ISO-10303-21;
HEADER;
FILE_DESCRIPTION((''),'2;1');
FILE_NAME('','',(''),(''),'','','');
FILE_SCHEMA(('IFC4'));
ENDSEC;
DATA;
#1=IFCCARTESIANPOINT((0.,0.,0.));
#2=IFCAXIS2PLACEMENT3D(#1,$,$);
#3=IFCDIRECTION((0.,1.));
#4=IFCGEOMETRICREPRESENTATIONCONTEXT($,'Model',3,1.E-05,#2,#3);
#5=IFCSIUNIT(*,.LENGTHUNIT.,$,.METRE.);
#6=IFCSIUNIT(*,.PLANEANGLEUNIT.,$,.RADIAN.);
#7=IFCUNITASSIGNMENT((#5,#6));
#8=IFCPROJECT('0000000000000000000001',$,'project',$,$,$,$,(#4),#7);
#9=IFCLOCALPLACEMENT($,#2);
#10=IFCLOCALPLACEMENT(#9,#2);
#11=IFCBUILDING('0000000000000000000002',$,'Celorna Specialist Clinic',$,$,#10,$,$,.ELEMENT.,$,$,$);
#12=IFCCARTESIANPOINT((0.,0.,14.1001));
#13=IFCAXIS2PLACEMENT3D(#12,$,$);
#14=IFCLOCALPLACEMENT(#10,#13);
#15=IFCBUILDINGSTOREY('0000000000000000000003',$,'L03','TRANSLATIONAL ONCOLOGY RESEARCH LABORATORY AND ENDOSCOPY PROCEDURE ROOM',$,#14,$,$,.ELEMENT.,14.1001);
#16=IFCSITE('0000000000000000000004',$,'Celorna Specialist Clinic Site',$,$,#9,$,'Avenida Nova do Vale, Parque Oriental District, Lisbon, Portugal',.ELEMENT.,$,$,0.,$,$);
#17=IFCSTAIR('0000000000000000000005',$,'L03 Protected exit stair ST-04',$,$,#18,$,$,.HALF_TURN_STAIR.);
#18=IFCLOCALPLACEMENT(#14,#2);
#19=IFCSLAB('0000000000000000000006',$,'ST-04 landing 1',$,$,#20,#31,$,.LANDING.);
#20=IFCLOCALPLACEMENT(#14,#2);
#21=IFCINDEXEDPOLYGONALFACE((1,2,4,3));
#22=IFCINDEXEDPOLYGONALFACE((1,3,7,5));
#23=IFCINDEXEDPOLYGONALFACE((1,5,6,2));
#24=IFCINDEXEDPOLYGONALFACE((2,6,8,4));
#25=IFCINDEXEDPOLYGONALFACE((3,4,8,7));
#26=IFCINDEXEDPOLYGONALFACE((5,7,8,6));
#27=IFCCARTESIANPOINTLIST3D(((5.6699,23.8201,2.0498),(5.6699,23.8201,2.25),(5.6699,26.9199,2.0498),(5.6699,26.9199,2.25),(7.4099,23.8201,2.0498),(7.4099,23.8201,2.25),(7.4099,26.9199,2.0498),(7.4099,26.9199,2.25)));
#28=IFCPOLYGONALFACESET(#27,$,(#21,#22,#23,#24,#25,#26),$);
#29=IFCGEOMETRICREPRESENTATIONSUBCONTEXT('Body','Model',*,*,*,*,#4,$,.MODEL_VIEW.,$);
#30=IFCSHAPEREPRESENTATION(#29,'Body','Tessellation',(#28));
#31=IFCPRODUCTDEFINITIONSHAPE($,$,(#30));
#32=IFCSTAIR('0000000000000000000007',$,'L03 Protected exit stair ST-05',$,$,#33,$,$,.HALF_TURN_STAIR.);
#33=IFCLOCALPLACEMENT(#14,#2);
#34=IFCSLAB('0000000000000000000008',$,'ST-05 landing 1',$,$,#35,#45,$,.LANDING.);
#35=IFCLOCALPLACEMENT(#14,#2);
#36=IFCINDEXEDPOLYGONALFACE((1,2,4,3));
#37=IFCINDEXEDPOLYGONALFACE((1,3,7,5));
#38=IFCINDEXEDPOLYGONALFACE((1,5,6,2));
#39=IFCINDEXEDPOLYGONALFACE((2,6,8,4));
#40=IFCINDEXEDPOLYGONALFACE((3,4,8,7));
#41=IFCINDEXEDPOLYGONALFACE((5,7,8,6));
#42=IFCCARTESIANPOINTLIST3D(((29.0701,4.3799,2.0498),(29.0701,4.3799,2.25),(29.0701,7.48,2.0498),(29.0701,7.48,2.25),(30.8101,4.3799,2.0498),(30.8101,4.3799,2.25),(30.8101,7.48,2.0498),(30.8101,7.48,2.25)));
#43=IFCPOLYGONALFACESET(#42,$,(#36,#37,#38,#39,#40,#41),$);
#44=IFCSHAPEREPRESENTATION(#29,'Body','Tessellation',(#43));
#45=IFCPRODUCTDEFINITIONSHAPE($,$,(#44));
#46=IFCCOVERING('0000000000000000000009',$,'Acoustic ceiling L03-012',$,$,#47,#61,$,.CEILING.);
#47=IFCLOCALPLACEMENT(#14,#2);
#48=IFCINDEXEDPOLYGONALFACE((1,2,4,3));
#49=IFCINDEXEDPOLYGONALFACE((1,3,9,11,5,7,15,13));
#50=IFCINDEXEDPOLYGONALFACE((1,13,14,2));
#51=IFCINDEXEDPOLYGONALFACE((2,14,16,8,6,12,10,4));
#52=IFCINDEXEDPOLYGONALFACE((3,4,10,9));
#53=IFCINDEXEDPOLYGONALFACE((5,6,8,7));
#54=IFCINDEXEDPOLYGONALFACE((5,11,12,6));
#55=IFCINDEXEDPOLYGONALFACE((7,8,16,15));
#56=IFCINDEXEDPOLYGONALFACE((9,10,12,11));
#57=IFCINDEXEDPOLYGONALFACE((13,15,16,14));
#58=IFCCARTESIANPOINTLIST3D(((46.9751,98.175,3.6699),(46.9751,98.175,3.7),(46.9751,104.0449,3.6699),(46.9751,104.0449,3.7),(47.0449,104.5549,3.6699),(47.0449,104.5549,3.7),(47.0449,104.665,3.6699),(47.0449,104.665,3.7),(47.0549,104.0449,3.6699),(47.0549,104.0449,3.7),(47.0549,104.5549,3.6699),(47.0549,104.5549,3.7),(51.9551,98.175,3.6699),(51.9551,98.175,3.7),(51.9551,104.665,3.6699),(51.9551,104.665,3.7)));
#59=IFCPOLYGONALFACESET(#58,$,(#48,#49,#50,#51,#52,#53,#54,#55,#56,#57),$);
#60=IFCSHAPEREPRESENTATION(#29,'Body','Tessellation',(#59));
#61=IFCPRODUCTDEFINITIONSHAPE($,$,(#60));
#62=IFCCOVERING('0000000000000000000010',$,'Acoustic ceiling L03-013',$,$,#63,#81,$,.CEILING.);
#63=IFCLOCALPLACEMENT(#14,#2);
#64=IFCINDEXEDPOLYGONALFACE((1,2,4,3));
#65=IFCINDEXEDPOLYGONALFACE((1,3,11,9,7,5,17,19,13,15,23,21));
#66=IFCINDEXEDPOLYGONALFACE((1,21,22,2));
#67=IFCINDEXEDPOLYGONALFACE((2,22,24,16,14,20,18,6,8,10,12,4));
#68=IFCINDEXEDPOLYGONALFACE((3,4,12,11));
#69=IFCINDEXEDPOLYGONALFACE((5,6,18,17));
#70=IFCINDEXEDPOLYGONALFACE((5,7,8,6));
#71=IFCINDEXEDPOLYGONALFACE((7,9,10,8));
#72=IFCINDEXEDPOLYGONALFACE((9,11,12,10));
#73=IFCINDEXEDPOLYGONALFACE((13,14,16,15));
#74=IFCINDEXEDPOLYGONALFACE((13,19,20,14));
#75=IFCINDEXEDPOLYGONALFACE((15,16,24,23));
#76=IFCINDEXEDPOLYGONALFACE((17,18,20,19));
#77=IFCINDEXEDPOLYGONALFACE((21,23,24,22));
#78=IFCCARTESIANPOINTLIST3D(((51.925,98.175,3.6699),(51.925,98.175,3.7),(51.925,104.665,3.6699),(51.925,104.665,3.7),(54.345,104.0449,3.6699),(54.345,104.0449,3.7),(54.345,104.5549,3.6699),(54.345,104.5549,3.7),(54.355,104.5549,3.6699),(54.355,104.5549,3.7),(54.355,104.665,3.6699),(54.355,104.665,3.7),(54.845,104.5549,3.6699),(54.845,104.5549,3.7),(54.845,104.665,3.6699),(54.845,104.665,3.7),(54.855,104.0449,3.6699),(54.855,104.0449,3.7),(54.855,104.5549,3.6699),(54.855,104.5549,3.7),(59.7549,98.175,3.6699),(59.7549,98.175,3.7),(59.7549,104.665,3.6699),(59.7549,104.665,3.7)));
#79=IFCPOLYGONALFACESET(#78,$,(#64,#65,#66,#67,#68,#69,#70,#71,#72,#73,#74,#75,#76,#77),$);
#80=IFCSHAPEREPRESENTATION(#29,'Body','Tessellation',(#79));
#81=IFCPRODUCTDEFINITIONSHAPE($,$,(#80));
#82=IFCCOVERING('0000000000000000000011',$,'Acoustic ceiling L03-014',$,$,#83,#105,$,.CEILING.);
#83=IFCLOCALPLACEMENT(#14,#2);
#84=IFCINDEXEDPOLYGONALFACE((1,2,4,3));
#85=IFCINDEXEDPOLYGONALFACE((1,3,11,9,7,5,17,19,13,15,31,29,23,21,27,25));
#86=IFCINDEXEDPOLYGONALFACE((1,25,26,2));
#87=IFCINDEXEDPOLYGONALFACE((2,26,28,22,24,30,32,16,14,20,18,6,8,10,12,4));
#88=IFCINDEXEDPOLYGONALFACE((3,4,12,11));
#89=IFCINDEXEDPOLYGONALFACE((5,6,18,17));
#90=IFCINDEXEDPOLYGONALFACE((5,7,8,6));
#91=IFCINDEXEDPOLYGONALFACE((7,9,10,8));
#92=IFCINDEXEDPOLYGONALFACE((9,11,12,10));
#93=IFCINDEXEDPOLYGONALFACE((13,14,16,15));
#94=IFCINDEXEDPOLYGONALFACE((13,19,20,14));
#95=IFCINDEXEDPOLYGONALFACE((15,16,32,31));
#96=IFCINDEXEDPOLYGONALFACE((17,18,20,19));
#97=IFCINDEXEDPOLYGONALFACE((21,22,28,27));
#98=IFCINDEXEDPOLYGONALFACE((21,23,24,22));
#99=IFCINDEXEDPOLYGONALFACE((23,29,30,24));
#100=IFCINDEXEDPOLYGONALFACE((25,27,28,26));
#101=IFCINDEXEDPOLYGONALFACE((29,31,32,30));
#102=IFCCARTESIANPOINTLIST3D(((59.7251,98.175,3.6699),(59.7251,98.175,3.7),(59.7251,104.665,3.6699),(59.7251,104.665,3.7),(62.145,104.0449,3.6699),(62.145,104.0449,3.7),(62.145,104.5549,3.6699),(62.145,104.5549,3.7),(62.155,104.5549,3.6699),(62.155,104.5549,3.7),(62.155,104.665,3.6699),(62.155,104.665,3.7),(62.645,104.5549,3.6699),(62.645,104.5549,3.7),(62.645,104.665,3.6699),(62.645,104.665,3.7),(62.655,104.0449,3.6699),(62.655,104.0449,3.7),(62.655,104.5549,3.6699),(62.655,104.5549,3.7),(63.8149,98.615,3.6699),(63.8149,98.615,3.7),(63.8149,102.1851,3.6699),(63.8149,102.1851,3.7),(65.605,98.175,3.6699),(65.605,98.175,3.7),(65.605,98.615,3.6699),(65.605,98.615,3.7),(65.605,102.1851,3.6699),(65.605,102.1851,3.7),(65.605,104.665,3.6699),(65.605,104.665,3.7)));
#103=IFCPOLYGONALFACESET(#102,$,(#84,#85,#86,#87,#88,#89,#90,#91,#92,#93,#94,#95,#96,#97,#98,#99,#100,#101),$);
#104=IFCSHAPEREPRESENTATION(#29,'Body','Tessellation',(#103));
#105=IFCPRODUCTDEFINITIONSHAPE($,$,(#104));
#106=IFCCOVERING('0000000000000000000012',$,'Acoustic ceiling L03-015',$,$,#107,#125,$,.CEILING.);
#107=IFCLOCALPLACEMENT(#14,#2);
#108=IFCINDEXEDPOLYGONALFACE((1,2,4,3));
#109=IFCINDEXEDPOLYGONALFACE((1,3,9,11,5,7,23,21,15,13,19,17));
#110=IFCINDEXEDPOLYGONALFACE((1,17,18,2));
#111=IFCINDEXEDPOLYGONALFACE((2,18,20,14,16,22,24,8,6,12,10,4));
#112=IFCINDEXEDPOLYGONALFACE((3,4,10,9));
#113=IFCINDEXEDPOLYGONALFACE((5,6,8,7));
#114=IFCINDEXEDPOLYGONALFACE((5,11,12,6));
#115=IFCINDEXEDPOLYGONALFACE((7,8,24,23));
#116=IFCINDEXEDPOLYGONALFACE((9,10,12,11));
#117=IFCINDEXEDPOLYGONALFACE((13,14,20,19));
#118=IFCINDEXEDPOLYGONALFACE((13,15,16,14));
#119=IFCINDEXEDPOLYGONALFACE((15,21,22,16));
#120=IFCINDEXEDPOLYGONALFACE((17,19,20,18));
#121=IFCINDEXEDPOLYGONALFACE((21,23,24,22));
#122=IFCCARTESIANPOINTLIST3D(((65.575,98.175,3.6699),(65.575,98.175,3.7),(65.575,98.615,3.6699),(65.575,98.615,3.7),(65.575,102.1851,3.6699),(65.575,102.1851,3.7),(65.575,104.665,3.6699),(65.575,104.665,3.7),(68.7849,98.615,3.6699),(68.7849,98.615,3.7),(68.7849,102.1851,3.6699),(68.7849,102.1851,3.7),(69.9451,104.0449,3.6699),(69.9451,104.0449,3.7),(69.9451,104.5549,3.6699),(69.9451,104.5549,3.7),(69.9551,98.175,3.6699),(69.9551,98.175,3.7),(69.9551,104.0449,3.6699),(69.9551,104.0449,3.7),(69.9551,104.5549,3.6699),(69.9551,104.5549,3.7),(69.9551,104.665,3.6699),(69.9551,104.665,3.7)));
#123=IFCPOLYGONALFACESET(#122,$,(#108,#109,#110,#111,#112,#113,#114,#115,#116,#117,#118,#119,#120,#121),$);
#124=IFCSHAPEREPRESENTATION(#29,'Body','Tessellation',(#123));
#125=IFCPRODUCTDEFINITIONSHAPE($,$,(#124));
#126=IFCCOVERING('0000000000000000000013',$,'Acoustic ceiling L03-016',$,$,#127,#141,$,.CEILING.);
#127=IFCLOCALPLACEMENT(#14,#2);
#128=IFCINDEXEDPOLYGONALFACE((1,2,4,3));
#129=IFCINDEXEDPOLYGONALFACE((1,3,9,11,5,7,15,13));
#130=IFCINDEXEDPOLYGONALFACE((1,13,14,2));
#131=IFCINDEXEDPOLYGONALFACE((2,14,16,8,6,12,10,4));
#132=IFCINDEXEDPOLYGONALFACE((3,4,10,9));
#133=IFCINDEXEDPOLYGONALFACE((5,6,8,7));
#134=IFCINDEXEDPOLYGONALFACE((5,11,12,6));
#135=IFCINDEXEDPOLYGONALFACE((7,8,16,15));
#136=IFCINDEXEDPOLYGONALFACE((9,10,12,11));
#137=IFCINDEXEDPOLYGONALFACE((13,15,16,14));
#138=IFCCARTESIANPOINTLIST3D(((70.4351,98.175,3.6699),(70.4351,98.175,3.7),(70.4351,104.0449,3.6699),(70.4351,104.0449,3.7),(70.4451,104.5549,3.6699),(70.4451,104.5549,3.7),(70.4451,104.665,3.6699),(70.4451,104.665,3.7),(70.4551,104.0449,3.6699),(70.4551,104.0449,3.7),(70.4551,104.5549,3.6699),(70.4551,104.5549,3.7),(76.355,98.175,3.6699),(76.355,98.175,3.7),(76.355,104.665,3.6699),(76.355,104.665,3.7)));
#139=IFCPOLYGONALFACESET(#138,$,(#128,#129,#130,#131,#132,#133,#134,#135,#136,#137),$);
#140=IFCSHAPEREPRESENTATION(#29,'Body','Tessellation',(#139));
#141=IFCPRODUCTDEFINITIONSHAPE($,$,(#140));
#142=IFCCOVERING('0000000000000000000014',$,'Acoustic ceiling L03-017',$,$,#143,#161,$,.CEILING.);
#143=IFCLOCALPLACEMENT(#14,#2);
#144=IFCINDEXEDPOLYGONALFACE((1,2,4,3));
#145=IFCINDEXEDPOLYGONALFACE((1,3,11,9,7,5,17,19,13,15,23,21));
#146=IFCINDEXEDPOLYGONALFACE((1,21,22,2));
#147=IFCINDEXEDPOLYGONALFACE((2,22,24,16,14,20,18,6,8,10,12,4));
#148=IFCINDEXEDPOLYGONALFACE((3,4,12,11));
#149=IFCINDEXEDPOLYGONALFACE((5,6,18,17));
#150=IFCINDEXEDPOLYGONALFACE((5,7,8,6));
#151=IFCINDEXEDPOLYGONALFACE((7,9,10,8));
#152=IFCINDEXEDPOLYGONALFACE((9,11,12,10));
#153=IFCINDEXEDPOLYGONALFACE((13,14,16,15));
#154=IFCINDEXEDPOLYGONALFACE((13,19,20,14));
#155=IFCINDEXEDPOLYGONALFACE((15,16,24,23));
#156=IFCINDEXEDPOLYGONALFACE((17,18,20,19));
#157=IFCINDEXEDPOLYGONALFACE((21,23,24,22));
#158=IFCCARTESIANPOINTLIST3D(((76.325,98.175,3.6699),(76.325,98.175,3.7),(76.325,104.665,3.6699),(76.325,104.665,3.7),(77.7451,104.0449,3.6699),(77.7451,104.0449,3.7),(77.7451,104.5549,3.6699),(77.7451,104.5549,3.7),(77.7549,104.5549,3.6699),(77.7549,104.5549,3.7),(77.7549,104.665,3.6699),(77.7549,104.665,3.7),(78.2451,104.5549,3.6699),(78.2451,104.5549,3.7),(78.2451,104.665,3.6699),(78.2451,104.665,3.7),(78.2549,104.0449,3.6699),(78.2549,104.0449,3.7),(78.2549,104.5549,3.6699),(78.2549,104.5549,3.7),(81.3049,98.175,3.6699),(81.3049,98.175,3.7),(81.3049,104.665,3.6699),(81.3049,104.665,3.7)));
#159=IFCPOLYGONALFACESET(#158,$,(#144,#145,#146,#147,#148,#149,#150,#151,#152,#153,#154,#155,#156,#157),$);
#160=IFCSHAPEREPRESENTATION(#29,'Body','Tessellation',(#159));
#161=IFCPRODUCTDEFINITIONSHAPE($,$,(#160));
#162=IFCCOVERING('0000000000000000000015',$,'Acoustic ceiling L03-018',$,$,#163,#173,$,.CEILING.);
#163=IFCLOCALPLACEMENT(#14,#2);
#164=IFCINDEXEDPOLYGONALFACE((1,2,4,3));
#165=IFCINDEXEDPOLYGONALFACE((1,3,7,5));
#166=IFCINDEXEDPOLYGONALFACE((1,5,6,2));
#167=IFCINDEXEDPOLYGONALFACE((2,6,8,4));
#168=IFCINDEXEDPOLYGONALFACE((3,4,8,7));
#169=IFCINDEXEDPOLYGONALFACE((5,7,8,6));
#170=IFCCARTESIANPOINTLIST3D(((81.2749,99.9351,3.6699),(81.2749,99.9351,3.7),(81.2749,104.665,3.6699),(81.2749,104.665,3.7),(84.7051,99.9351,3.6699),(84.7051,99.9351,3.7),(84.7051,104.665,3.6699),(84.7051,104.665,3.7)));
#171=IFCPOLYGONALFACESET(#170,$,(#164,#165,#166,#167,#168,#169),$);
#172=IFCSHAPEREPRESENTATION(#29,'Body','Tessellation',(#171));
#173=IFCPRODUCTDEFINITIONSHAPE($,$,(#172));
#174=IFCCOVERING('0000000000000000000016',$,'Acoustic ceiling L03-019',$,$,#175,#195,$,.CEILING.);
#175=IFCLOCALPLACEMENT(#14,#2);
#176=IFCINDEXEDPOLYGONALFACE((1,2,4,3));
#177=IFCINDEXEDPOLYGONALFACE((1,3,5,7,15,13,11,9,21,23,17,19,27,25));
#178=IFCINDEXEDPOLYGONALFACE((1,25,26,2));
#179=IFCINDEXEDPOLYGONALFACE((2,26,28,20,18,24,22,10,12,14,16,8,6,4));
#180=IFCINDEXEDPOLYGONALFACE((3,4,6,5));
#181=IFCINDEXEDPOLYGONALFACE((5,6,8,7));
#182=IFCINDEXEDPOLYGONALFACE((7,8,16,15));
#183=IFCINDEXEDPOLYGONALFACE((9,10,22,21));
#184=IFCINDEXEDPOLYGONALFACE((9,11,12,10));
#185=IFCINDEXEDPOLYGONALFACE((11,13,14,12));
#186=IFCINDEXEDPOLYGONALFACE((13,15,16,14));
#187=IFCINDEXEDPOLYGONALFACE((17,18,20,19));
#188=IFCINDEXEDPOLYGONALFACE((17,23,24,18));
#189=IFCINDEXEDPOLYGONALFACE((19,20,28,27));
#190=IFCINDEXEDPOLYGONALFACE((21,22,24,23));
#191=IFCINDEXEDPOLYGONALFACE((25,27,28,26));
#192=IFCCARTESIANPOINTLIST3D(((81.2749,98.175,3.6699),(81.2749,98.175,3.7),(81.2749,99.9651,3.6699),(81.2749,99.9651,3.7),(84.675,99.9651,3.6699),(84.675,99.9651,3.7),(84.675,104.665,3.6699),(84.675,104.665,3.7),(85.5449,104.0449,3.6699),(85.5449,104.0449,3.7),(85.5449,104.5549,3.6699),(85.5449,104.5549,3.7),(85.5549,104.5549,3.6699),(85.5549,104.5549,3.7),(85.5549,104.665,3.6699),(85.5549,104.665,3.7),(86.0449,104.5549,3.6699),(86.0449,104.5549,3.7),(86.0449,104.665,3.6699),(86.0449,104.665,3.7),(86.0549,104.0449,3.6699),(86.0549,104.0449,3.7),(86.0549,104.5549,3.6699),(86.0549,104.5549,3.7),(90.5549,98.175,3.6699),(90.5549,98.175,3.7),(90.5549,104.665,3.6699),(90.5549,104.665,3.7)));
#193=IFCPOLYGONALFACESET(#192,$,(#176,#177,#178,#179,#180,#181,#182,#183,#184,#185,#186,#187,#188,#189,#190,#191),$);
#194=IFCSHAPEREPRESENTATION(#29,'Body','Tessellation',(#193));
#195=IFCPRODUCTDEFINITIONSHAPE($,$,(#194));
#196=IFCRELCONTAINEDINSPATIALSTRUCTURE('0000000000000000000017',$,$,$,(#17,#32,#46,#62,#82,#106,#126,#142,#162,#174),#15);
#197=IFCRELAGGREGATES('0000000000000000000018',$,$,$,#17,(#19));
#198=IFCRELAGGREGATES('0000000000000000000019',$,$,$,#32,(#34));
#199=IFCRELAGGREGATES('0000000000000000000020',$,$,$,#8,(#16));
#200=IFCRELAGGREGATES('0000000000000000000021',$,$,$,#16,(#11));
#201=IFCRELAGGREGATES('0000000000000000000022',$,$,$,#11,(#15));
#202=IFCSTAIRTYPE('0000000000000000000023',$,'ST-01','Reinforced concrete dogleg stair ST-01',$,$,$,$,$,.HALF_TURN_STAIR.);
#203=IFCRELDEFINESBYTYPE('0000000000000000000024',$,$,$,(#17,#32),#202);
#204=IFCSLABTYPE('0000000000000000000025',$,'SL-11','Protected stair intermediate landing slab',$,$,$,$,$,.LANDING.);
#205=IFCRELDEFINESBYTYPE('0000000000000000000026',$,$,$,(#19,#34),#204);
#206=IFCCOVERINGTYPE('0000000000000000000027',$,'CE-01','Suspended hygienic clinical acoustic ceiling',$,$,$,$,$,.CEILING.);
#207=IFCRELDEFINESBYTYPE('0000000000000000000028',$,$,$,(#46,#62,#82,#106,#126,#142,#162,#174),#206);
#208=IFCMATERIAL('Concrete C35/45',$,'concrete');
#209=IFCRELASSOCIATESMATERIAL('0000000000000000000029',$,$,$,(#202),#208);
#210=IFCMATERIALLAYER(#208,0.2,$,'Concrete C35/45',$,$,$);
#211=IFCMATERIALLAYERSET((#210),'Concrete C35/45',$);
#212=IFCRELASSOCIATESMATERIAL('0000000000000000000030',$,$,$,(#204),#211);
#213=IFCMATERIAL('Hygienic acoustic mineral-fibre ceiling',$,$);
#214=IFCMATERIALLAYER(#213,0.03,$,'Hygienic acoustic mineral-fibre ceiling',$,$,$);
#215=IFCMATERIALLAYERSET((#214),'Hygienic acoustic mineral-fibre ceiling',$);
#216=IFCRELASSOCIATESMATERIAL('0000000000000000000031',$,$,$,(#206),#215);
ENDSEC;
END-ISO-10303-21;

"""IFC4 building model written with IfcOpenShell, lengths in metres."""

from ifc_helpers import new_model, si_unit, direction, frame, origin, place, context, subcontext, project, spatial, polyline, outline, extrude, material, layer, layer_set, type_object, element, aggregate, save


model = new_model("IFC4")

# Units and contexts
model_context = context("Model", 3, precision=1e-05, world=origin(), true_north=direction((0.0, 1.0)))
body_context = subcontext(model_context, "Body", "Model", "MODEL_VIEW")
ifc_project = project(units=[si_unit("LENGTHUNIT", "METRE"), si_unit("PLANEANGLEUNIT", "RADIAN")], contexts=[model_context])

# Site, building, storey
site_placement = place(None, origin())
site = spatial("IfcSite", under=ifc_project, at=site_placement, Name="Celorna Specialist Clinic Site", LongName="Avenida Nova do Vale, Parque Oriental District, Lisbon, Portugal", CompositionType="ELEMENT", RefElevation=0.0)
building_placement = place(site_placement, origin())
building = spatial("IfcBuilding", under=site, at=building_placement, Name="Celorna Specialist Clinic", CompositionType="ELEMENT")
storey_placement = place(building_placement, frame((0.0, 0.0, 14.1001)))
storey = spatial("IfcBuildingStorey", under=building, at=storey_placement, Name="L03", Description="TRANSLATIONAL ONCOLOGY RESEARCH LABORATORY AND ENDOSCOPY PROCEDURE ROOM", CompositionType="ELEMENT", Elevation=14.1001)

# Stairs, slabs
ifc_material_1 = material(Name="Concrete C35/45", Category="concrete")
stair_type = type_object("IfcStairType", Name="ST-01", Description="Reinforced concrete dogleg stair ST-01", PredefinedType="HALF_TURN_STAIR", material=ifc_material_1)
stair_1_placement = place(storey_placement, origin())
stair_1 = element("IfcStair", 1, at=stair_1_placement, inside=storey, type_object=stair_type, Name="L03 Protected exit stair ST-04", PredefinedType="HALF_TURN_STAIR")
ifc_layer_1 = layer(ifc_material_1, 0.2, Name="Concrete C35/45")
ifc_layer_set_1 = layer_set([ifc_layer_1], Name="Concrete C35/45")
slab_type = type_object("IfcSlabType", Name="SL-11", Description="Protected stair intermediate landing slab", PredefinedType="LANDING", material=ifc_layer_set_1)
slab_1_placement = place(storey_placement, frame((0.0, 0.0, 2.0498)))
slab_1 = element("IfcSlab", 2, at=slab_1_placement, type_object=slab_type, Name="ST-04 landing 1", PredefinedType="LANDING", context=body_context, shape_type="SweptSolid", body=[
    extrude(outline(polyline([(5.6699, 23.8201), (7.4099, 23.8201), (7.4099, 26.9199), (5.6699, 26.9199), (5.6699, 23.8201)])), origin(), (0.0, 0.0, 1.0), 0.2002),
])
aggregate(stair_1, [slab_1])
stair_2_placement = place(storey_placement, origin())
stair_2 = element("IfcStair", 3, at=stair_2_placement, inside=storey, type_object=stair_type, Name="L03 Protected exit stair ST-05", PredefinedType="HALF_TURN_STAIR")
slab_2_placement = place(storey_placement, frame((0.0, 0.0, 2.0498)))
slab_2 = element("IfcSlab", 4, at=slab_2_placement, type_object=slab_type, Name="ST-05 landing 1", PredefinedType="LANDING", context=body_context, shape_type="SweptSolid", body=[
    extrude(outline(polyline([(29.0701, 4.3799), (30.8101, 4.3799), (30.8101, 7.48), (29.0701, 7.48), (29.0701, 4.3799)])), origin(), (0.0, 0.0, 1.0), 0.2002),
])
aggregate(stair_2, [slab_2])

# Coverings
ifc_material_2 = material(Name="Hygienic acoustic mineral-fibre ceiling")
ifc_layer_2 = layer(ifc_material_2, 0.03, Name="Hygienic acoustic mineral-fibre ceiling")
ifc_layer_set_2 = layer_set([ifc_layer_2], Name="Hygienic acoustic mineral-fibre ceiling")
covering_type = type_object("IfcCoveringType", Name="CE-01", Description="Suspended hygienic clinical acoustic ceiling", PredefinedType="CEILING", material=ifc_layer_set_2)
covering_1_placement = place(storey_placement, frame((0.0, 0.0, 3.6699)))
element("IfcCovering", 5, at=covering_1_placement, inside=storey, type_object=covering_type, Name="Acoustic ceiling L03-012", PredefinedType="CEILING", context=body_context, shape_type="SweptSolid", body=[
    extrude(outline(polyline([(47.0449, 104.665), (51.9551, 104.665), (51.9551, 98.175), (46.9751, 98.175), (46.9751, 104.0449), (47.0549, 104.0449), (47.0549, 104.5549), (47.0449, 104.5549), (47.0449, 104.665)])), origin(), (0.0, 0.0, 1.0), 0.03),
])
covering_2_placement = place(storey_placement, frame((0.0, 0.0, 3.6699)))
element("IfcCovering", 6, at=covering_2_placement, inside=storey, type_object=covering_type, Name="Acoustic ceiling L03-013", PredefinedType="CEILING", context=body_context, shape_type="SweptSolid", body=[
    extrude(outline(polyline([(54.355, 104.665), (54.355, 104.5549), (54.345, 104.5549), (54.345, 104.0449), (54.855, 104.0449), (54.855, 104.5549), (54.845, 104.5549), (54.845, 104.665), (59.7549, 104.665), (59.7549, 98.175), (51.925, 98.175), (51.925, 104.665), (54.355, 104.665)])), origin(), (0.0, 0.0, 1.0), 0.03),
])
covering_3_placement = place(storey_placement, frame((0.0, 0.0, 3.6699)))
element("IfcCovering", 7, at=covering_3_placement, inside=storey, type_object=covering_type, Name="Acoustic ceiling L03-014", PredefinedType="CEILING", context=body_context, shape_type="SweptSolid", body=[
    extrude(outline(polyline([(59.7251, 104.665), (62.155, 104.665), (62.155, 104.5549), (62.145, 104.5549), (62.145, 104.0449), (62.655, 104.0449), (62.655, 104.5549), (62.645, 104.5549), (62.645, 104.665), (65.605, 104.665), (65.605, 102.1851), (63.8149, 102.1851), (63.8149, 98.615), (65.605, 98.615), (65.605, 98.175), (59.7251, 98.175), (59.7251, 104.665)])), origin(), (0.0, 0.0, 1.0), 0.03),
])
covering_4_placement = place(storey_placement, frame((0.0, 0.0, 3.6699)))
element("IfcCovering", 8, at=covering_4_placement, inside=storey, type_object=covering_type, Name="Acoustic ceiling L03-015", PredefinedType="CEILING", context=body_context, shape_type="SweptSolid", body=[
    extrude(outline(polyline([(69.9551, 104.5549), (69.9451, 104.5549), (69.9451, 104.0449), (69.9551, 104.0449), (69.9551, 98.175), (65.575, 98.175), (65.575, 98.615), (68.7849, 98.615), (68.7849, 102.1851), (65.575, 102.1851), (65.575, 104.665), (69.9551, 104.665), (69.9551, 104.5549)])), origin(), (0.0, 0.0, 1.0), 0.03),
])
covering_5_placement = place(storey_placement, frame((0.0, 0.0, 3.6699)))
element("IfcCovering", 9, at=covering_5_placement, inside=storey, type_object=covering_type, Name="Acoustic ceiling L03-016", PredefinedType="CEILING", context=body_context, shape_type="SweptSolid", body=[
    extrude(outline(polyline([(70.4451, 104.665), (76.355, 104.665), (76.355, 98.175), (70.4351, 98.175), (70.4351, 104.0449), (70.4551, 104.0449), (70.4551, 104.5549), (70.4451, 104.5549), (70.4451, 104.665)])), origin(), (0.0, 0.0, 1.0), 0.03),
])
covering_6_placement = place(storey_placement, frame((0.0, 0.0, 3.6699)))
element("IfcCovering", 10, at=covering_6_placement, inside=storey, type_object=covering_type, Name="Acoustic ceiling L03-017", PredefinedType="CEILING", context=body_context, shape_type="SweptSolid", body=[
    extrude(outline(polyline([(77.7549, 104.665), (77.7549, 104.5549), (77.7451, 104.5549), (77.7451, 104.0449), (78.2549, 104.0449), (78.2549, 104.5549), (78.2451, 104.5549), (78.2451, 104.665), (81.3049, 104.665), (81.3049, 98.175), (76.325, 98.175), (76.325, 104.665), (77.7549, 104.665)])), origin(), (0.0, 0.0, 1.0), 0.03),
])
covering_7_placement = place(storey_placement, frame((0.0, 0.0, 3.6699)))
element("IfcCovering", 11, at=covering_7_placement, inside=storey, type_object=covering_type, Name="Acoustic ceiling L03-018", PredefinedType="CEILING", context=body_context, shape_type="SweptSolid", body=[
    extrude(outline(polyline([(84.7051, 104.665), (84.7051, 99.9351), (81.2749, 99.9351), (81.2749, 104.665), (84.7051, 104.665)])), origin(), (0.0, 0.0, 1.0), 0.03),
])
covering_8_placement = place(storey_placement, frame((0.0, 0.0, 3.6699)))
element("IfcCovering", 12, at=covering_8_placement, inside=storey, type_object=covering_type, Name="Acoustic ceiling L03-019", PredefinedType="CEILING", context=body_context, shape_type="SweptSolid", body=[
    extrude(outline(polyline([(84.675, 104.665), (85.5549, 104.665), (85.5549, 104.5549), (85.5449, 104.5549), (85.5449, 104.0449), (86.0549, 104.0449), (86.0549, 104.5549), (86.0449, 104.5549), (86.0449, 104.665), (90.5549, 104.665), (90.5549, 98.175), (81.2749, 98.175), (81.2749, 99.9651), (84.675, 99.9651), (84.675, 104.665)])), origin(), (0.0, 0.0, 1.0), 0.03),
])

save(model, "model.ifc")
